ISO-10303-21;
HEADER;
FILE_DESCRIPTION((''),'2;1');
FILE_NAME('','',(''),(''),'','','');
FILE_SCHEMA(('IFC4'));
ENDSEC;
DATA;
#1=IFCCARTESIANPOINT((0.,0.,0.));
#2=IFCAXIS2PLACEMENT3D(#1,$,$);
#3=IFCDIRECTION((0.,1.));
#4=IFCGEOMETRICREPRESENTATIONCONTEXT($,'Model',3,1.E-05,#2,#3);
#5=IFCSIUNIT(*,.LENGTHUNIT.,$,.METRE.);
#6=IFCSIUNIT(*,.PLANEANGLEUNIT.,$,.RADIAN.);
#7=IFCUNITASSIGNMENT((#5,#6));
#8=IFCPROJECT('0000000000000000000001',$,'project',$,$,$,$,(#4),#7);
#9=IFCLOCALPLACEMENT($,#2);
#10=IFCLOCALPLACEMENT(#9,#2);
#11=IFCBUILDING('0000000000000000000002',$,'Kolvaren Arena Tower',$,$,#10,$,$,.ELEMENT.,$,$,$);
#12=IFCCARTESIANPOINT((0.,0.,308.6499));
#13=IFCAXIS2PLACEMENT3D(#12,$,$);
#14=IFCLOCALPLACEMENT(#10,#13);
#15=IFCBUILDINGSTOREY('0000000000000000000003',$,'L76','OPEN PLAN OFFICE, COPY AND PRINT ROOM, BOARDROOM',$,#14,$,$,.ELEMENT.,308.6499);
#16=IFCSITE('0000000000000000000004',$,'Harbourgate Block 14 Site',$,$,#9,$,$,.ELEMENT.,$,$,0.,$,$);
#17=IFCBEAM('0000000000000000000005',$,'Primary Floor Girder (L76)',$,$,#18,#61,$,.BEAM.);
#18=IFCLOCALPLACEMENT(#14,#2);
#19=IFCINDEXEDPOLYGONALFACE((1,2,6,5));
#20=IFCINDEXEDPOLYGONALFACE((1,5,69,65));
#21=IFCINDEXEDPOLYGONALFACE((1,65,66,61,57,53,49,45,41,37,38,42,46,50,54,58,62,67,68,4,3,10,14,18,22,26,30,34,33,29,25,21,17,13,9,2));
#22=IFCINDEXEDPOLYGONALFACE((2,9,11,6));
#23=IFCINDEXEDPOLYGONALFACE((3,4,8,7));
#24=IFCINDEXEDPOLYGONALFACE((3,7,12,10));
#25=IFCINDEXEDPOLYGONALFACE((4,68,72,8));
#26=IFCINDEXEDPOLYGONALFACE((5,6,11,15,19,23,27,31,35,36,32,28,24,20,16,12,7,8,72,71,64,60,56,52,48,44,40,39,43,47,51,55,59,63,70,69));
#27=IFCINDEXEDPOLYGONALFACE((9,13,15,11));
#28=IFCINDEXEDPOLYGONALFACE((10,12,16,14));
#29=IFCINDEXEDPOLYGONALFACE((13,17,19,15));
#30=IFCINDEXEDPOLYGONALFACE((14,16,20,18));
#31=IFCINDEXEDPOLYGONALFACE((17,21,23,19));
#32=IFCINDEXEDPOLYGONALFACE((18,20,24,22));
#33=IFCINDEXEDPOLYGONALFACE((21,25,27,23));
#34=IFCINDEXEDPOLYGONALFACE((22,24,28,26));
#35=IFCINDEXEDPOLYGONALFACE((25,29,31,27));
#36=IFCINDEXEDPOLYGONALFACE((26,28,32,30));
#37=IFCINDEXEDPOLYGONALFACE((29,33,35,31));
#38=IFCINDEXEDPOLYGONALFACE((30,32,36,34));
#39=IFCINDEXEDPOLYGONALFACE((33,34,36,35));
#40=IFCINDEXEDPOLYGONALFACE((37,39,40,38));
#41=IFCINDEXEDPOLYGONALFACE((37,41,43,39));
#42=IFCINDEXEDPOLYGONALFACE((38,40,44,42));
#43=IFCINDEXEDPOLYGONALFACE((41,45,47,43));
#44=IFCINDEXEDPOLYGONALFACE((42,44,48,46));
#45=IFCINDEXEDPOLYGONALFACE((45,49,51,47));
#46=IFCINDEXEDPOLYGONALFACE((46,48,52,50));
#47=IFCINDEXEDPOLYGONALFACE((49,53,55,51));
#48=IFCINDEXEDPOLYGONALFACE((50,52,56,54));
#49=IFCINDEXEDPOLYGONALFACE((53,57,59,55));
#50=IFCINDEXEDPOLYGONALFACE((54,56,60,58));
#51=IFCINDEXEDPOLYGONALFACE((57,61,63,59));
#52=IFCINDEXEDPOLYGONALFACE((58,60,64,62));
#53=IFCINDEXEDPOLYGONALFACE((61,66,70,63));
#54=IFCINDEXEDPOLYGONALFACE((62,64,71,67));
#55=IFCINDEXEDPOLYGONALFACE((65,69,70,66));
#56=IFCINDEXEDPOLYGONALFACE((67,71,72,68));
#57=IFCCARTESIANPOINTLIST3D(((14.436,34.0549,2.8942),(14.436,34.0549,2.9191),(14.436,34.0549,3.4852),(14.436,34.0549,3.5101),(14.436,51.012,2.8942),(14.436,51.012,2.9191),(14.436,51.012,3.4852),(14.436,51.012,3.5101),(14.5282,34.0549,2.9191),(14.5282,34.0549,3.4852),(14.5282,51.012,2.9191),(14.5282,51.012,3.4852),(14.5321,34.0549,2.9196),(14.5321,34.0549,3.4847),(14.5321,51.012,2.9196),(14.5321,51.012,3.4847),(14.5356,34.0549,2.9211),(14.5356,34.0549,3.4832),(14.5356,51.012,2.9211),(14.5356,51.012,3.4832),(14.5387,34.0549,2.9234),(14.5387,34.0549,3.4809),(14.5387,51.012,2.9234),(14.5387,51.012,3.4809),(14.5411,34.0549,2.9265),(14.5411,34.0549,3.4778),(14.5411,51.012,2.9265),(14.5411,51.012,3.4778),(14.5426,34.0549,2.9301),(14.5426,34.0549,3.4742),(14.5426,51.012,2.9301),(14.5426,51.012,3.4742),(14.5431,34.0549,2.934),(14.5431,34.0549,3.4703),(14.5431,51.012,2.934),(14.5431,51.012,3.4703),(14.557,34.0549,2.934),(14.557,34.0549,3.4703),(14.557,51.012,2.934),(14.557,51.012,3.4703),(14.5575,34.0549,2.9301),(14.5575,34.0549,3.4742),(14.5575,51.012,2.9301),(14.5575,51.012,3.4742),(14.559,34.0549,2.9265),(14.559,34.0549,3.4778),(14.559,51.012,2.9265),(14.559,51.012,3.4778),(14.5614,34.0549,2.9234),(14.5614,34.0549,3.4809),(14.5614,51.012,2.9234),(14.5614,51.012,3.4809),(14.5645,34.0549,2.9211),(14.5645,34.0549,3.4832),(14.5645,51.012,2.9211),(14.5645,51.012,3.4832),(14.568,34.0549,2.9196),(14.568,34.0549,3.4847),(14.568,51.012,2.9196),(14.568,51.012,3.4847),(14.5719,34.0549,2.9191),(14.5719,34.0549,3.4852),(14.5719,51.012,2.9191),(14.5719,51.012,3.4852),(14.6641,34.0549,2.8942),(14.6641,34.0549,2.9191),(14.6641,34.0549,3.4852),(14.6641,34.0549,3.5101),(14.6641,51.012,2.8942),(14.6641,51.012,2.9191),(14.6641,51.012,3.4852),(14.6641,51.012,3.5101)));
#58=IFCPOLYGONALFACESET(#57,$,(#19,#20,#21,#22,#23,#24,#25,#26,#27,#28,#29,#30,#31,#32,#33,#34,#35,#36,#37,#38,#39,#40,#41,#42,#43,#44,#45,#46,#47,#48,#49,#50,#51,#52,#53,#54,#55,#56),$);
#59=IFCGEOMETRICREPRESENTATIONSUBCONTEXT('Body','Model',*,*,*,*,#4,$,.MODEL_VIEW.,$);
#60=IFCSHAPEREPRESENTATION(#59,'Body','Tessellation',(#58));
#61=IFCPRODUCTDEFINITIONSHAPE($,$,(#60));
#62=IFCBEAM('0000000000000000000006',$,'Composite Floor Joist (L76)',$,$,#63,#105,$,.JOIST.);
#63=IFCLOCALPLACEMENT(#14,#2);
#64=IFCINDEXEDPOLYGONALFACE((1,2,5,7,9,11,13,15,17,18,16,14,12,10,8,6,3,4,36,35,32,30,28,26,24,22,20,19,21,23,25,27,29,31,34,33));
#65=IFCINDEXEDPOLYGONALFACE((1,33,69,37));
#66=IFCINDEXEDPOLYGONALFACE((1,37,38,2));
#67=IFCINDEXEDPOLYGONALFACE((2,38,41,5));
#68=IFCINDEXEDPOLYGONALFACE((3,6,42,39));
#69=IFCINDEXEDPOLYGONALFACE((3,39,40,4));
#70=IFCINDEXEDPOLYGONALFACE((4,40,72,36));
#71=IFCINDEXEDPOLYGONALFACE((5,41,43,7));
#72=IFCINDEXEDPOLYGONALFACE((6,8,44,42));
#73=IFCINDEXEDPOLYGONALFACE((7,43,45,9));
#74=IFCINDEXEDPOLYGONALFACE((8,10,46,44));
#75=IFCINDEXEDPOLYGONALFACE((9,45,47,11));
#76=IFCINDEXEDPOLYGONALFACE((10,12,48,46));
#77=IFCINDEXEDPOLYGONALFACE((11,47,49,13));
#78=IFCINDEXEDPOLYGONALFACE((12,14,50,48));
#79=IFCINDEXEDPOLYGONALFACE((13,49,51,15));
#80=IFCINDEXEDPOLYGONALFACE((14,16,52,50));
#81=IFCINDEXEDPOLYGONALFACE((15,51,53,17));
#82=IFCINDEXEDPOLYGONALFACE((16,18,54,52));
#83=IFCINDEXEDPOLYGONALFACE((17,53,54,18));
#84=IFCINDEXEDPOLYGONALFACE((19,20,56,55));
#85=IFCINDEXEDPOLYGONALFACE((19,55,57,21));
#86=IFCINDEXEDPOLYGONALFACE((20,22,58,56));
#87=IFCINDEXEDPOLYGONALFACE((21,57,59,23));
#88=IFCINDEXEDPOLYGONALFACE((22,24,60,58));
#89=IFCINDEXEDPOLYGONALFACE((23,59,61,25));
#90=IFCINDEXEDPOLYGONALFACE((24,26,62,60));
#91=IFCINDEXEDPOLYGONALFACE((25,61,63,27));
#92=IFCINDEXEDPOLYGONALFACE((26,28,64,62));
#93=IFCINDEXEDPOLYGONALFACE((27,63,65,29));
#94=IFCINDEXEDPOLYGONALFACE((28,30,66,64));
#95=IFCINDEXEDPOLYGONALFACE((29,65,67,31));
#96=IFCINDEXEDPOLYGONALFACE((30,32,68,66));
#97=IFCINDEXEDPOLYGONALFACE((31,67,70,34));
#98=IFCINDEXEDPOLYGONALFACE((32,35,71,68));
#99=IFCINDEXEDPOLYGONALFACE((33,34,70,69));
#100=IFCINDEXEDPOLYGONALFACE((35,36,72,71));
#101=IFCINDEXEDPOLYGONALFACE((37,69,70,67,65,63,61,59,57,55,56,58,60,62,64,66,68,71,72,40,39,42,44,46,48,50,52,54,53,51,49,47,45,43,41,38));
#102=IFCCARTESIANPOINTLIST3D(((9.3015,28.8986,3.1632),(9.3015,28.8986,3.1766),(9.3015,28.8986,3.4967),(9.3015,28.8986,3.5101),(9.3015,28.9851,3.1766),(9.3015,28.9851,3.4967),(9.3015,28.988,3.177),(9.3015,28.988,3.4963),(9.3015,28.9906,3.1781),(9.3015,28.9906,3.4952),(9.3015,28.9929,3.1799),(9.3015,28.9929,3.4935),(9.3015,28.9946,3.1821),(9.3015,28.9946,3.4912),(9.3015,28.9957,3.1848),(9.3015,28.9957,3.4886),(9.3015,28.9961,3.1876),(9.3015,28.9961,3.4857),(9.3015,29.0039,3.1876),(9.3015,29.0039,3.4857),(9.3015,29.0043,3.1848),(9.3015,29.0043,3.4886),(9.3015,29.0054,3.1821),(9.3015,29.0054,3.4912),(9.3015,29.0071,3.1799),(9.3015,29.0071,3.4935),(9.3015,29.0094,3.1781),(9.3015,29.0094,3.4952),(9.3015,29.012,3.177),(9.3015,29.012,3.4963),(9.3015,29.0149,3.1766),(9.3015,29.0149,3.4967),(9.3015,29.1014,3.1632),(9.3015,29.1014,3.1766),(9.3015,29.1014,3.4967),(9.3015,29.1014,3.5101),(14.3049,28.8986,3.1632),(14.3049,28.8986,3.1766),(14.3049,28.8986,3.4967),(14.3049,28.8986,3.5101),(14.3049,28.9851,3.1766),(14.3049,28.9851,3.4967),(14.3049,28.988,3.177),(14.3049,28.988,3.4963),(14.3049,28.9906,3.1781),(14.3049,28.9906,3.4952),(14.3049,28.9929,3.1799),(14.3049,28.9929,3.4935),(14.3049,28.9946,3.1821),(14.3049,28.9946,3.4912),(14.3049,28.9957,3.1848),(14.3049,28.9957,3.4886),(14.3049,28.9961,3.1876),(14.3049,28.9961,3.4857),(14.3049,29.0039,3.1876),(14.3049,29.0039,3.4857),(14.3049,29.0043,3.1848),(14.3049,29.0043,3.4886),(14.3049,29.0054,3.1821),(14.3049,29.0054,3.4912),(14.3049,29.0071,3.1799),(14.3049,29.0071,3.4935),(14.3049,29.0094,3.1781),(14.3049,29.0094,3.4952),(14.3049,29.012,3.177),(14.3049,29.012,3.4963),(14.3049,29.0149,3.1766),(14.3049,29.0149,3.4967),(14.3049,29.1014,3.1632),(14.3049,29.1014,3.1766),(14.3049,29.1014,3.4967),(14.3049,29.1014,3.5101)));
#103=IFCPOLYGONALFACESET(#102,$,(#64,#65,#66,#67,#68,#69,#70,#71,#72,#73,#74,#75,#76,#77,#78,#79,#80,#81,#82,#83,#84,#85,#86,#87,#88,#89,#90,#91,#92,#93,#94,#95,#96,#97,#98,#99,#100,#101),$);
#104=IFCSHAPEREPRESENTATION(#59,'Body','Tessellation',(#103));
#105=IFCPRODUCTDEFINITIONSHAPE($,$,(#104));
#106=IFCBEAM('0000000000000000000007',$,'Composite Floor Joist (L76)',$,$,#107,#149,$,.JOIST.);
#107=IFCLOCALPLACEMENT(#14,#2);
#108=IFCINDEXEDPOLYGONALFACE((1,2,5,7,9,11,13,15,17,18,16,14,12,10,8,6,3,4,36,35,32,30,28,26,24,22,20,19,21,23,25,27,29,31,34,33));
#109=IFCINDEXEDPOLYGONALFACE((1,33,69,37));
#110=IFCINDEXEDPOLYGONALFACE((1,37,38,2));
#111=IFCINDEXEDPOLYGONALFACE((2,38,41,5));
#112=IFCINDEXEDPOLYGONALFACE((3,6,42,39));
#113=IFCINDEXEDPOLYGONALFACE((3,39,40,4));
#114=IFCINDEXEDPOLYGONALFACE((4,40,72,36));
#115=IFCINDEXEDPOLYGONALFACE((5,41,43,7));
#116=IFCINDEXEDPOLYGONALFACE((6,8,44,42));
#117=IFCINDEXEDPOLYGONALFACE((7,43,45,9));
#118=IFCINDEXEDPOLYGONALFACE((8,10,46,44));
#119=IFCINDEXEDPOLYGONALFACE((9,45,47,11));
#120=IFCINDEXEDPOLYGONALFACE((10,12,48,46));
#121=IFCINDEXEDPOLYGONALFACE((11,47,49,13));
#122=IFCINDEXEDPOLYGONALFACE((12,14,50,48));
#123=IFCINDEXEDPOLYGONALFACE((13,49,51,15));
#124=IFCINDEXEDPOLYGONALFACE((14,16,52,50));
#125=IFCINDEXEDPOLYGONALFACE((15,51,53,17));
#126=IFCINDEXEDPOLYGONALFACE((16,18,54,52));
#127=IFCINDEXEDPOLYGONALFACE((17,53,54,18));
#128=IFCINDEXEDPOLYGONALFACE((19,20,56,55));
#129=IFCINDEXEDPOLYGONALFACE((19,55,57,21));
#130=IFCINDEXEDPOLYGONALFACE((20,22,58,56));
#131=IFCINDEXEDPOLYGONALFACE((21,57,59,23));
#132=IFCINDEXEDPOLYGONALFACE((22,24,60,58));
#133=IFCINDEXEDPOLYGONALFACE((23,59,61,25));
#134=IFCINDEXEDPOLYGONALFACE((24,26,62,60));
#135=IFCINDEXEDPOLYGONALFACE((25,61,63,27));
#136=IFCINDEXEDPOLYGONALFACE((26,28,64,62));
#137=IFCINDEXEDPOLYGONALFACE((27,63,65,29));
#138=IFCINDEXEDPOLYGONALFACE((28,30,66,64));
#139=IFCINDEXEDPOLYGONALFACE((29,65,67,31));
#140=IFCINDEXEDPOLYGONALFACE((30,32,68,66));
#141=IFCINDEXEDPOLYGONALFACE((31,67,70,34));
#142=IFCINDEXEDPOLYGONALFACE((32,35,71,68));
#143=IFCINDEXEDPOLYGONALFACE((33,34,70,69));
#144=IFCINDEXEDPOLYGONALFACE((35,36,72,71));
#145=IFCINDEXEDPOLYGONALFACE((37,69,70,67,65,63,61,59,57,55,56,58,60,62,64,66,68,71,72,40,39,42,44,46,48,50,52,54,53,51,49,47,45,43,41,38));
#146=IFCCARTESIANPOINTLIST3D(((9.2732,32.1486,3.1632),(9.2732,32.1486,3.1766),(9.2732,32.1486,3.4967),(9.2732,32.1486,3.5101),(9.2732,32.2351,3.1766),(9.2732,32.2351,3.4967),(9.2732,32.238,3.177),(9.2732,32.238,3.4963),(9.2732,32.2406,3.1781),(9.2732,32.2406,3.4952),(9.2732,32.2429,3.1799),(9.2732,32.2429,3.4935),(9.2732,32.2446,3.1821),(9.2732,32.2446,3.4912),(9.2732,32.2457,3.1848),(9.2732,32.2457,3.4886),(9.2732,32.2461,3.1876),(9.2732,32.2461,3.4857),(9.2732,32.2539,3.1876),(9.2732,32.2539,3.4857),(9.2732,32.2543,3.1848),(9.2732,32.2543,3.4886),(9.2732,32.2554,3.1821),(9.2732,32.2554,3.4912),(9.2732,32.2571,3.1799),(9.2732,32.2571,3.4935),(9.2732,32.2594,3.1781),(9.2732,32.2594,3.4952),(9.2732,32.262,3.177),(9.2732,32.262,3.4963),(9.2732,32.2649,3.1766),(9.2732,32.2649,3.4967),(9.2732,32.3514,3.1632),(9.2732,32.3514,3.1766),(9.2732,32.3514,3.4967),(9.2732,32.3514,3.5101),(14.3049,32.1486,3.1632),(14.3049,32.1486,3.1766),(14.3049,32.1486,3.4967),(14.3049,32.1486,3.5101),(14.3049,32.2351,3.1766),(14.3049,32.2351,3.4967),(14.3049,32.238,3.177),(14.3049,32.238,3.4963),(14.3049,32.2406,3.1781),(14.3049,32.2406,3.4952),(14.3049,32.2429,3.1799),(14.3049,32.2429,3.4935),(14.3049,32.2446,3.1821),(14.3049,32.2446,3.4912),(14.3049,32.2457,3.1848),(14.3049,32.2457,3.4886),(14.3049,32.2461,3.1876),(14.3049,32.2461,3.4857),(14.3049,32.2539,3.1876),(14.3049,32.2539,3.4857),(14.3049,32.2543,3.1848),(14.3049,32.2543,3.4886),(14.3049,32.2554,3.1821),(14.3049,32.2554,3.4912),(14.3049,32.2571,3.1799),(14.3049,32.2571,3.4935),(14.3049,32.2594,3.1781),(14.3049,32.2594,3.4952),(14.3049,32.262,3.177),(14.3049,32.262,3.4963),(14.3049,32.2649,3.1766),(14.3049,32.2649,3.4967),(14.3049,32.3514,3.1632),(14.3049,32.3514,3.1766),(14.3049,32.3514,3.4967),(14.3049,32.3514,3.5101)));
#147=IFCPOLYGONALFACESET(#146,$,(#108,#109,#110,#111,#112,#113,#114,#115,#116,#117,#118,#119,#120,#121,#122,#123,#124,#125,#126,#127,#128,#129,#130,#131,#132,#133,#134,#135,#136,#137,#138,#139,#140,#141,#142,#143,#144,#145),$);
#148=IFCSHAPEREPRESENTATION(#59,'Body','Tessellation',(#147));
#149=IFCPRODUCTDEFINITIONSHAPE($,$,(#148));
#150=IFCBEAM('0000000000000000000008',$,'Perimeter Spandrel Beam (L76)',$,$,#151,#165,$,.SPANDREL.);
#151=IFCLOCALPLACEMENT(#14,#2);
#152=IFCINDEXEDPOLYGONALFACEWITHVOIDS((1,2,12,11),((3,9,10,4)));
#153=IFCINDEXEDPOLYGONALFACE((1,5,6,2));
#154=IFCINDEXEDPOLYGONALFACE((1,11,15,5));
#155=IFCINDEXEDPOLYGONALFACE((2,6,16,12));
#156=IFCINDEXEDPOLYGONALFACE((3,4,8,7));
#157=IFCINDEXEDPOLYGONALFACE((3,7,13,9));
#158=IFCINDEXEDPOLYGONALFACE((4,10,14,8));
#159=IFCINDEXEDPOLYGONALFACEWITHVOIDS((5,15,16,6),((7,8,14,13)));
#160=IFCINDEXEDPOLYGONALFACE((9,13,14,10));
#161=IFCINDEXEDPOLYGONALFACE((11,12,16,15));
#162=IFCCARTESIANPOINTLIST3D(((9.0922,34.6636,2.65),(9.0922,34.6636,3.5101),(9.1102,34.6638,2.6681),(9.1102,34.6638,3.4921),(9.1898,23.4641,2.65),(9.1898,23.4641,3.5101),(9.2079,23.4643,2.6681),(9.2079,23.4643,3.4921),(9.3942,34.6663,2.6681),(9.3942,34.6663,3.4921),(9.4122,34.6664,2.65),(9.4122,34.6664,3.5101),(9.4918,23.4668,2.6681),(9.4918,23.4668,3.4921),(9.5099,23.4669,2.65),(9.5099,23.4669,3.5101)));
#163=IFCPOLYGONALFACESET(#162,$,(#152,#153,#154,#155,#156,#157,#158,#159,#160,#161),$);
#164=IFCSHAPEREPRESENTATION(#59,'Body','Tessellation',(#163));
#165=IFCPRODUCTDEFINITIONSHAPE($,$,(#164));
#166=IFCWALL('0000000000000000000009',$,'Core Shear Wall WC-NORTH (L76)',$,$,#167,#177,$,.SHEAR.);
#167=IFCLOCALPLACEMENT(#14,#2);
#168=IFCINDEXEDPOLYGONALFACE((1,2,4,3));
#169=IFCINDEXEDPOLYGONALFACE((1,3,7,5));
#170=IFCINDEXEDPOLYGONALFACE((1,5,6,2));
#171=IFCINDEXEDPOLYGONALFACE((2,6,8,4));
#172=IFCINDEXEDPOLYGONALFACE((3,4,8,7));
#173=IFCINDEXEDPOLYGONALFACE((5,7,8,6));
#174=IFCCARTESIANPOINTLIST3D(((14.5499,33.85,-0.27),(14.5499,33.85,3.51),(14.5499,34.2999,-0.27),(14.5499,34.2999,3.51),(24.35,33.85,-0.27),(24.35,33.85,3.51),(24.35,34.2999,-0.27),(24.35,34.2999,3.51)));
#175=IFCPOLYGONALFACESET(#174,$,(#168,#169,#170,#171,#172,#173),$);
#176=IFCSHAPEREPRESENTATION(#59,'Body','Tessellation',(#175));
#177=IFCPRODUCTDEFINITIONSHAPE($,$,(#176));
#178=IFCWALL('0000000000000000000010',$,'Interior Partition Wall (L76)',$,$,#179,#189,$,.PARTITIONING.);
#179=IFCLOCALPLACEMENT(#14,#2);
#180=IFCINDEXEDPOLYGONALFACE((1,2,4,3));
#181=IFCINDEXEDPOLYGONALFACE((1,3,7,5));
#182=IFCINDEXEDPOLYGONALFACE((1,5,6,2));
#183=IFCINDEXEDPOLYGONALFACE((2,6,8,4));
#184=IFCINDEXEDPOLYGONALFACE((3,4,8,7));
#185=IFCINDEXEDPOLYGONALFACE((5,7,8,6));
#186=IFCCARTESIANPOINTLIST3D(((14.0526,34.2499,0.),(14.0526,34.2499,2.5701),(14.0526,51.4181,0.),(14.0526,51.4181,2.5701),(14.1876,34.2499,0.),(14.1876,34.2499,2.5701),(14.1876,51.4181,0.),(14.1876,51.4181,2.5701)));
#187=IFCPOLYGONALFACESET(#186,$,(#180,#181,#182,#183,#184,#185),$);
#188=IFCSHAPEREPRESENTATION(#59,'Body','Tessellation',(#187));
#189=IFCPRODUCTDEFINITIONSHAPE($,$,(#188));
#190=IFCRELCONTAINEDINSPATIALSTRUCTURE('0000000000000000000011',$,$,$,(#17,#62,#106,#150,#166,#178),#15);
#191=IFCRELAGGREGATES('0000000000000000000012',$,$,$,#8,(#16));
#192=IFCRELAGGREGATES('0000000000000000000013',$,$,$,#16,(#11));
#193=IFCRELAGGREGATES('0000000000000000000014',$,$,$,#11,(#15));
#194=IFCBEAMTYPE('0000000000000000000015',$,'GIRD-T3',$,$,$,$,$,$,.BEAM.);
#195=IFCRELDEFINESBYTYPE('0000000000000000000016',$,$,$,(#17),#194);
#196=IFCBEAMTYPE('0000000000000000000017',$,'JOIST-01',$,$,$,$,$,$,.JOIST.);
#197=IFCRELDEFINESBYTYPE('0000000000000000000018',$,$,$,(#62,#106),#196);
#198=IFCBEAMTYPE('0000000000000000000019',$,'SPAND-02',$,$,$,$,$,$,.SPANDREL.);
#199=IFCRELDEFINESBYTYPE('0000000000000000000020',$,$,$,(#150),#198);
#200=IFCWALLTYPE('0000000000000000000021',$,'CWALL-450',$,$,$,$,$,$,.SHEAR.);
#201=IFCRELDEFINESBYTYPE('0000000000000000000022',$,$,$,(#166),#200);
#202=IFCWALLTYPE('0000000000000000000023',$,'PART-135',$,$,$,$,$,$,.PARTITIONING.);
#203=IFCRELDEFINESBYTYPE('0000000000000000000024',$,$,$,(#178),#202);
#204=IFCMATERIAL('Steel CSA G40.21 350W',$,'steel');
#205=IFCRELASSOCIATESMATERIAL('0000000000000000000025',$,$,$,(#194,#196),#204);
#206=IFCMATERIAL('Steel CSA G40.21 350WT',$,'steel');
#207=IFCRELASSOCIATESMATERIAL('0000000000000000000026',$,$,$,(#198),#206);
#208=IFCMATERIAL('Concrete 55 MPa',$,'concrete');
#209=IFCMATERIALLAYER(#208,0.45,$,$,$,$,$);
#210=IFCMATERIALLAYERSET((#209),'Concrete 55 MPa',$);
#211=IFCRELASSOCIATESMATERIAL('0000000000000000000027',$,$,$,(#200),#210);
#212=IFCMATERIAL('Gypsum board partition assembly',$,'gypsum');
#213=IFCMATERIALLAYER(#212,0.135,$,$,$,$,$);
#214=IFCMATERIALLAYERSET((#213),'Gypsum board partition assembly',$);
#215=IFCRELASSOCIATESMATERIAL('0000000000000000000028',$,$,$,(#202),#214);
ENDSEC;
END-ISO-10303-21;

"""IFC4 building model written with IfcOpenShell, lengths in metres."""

from ifc_helpers import new_model, si_unit, direction, frame, frame_2d, origin, origin_2d, place, context, subcontext, project, spatial, rectangle, hollow_rectangle, i_section, extrude, material, layer, layer_set, material_profile, profile_set, type_object, element, save


model = new_model("IFC4")

# Units and contexts
model_context = context("Model", 3, precision=1e-05, world=origin(), true_north=direction((0.0, 1.0)))
body_context = subcontext(model_context, "Body", "Model", "MODEL_VIEW")
ifc_project = project(units=[si_unit("LENGTHUNIT", "METRE"), si_unit("PLANEANGLEUNIT", "RADIAN")], contexts=[model_context])

# Site, building, storey
site_placement = place(None, origin())
site = spatial("IfcSite", under=ifc_project, at=site_placement, Name="Harbourgate Block 14 Site", CompositionType="ELEMENT", RefElevation=0.0)
building_placement = place(site_placement, origin())
building = spatial("IfcBuilding", under=site, at=building_placement, Name="Kolvaren Arena Tower", CompositionType="ELEMENT")
storey_placement = place(building_placement, frame((0.0, 0.0, 308.6499)))
storey = spatial("IfcBuildingStorey", under=building, at=storey_placement, Name="L76", Description="OPEN PLAN OFFICE, COPY AND PRINT ROOM, BOARDROOM", CompositionType="ELEMENT", Elevation=308.6499)

# Beams
ifc_material_1 = material(Name="Steel CSA G40.21 350W", Category="steel")
ifc_material_profile_1 = material_profile(ifc_material_1, i_section(OverallWidth=0.228, OverallDepth=0.616, WebThickness=0.0139, FlangeThickness=0.0249, FilletRadius=0.0149, at=origin_2d()), Name="W610x174")
ifc_profile_set_1 = profile_set([ifc_material_profile_1], Name="Steel CSA G40.21 350W")
beam_type_1 = type_object("IfcBeamType", Name="GIRD-T3", PredefinedType="BEAM", material=ifc_profile_set_1)
beam_1_placement = place(storey_placement, frame((14.55, 34.0549, 3.2021), z_axis=(0.0, 1.0, 0.0), x_axis=(-1.0, 0.0, 0.0)))
element("IfcBeam", 1, at=beam_1_placement, inside=storey, type_object=beam_type_1, Name="Primary Floor Girder (L76)", PredefinedType="BEAM", context=body_context, shape_type="SweptSolid", body=[
    extrude(i_section(OverallWidth=0.228, OverallDepth=0.616, WebThickness=0.0139, FlangeThickness=0.0249, FilletRadius=0.0149, at=origin_2d()), origin(), (0.0, 0.0, 1.0), 16.957),
])
ifc_material_profile_2 = material_profile(ifc_material_1, i_section(OverallWidth=0.2029, OverallDepth=0.3469, WebThickness=0.0078, FlangeThickness=0.0134, FilletRadius=0.011, at=origin_2d()), Name="W360x64")
ifc_profile_set_2 = profile_set([ifc_material_profile_2], Name="Steel CSA G40.21 350W")
beam_type_2 = type_object("IfcBeamType", Name="JOIST-01", PredefinedType="JOIST", material=ifc_profile_set_2)
beam_2_placement = place(storey_placement, frame((9.3015, 29.0, 3.3367), z_axis=(1.0, 0.0, 0.0), x_axis=(0.0, 1.0, 0.0)))
element("IfcBeam", 2, at=beam_2_placement, inside=storey, type_object=beam_type_2, Name="Composite Floor Joist (L76)", PredefinedType="JOIST", context=body_context, shape_type="SweptSolid", body=[
    extrude(i_section(OverallWidth=0.2029, OverallDepth=0.3469, WebThickness=0.0078, FlangeThickness=0.0134, FilletRadius=0.011, at=origin_2d()), origin(), (0.0, 0.0, 1.0), 5.0034),
])
beam_3_placement = place(storey_placement, frame((9.2732, 32.25, 3.3367), z_axis=(1.0, 0.0, 0.0), x_axis=(0.0, 1.0, 0.0)))
element("IfcBeam", 3, at=beam_3_placement, inside=storey, type_object=beam_type_2, Name="Composite Floor Joist (L76)", PredefinedType="JOIST", context=body_context, shape_type="SweptSolid", body=[
    extrude(i_section(OverallWidth=0.2029, OverallDepth=0.3469, WebThickness=0.0078, FlangeThickness=0.0134, FilletRadius=0.011, at=origin_2d()), origin(), (0.0, 0.0, 1.0), 5.0317),
])
ifc_material_2 = material(Name="Steel CSA G40.21 350WT", Category="steel")
ifc_material_profile_3 = material_profile(ifc_material_2, hollow_rectangle(XDim=0.3201, YDim=0.8601, WallThickness=0.0181, at=origin_2d()), Name="HSS 860x320x18")
ifc_profile_set_3 = profile_set([ifc_material_profile_3], Name="Steel CSA G40.21 350WT")
beam_type_3 = type_object("IfcBeamType", Name="SPAND-02", PredefinedType="SPANDREL", material=ifc_profile_set_3)
beam_4_placement = place(storey_placement, frame((9.2522, 34.665, 3.0801), z_axis=(0.008719, -0.999962, 0.0), x_axis=(0.999962, 0.008719, 0.0)))
element("IfcBeam", 4, at=beam_4_placement, inside=storey, type_object=beam_type_3, Name="Perimeter Spandrel Beam (L76)", PredefinedType="SPANDREL", context=body_context, shape_type="SweptSolid", body=[
    extrude(hollow_rectangle(XDim=0.3201, YDim=0.8601, WallThickness=0.0181, at=origin_2d()), origin(), (0.0, 0.0, 1.0), 11.2),
])

# Walls
ifc_material_3 = material(Name="Concrete 55 MPa", Category="concrete")
ifc_layer_1 = layer(ifc_material_3, 0.45)
ifc_layer_set_1 = layer_set([ifc_layer_1], Name="Concrete 55 MPa")
wall_type_1 = type_object("IfcWallType", Name="CWALL-450", PredefinedType="SHEAR", material=ifc_layer_set_1)
wall_1_placement = place(storey_placement, frame((14.55, 34.075, -0.27), z_axis=(0.0, 0.0, 1.0), x_axis=(1.0, 0.0, 0.0)))
element("IfcWall", 5, at=wall_1_placement, inside=storey, type_object=wall_type_1, Name="Core Shear Wall WC-NORTH (L76)", PredefinedType="SHEAR", context=body_context, shape_type="SweptSolid", body=[
    extrude(rectangle(XDim=9.8, YDim=0.45, at=frame_2d((4.8999, 0.0))), origin(), (0.0, 0.0, 1.0), 3.78),
])
ifc_material_4 = material(Name="Gypsum board partition assembly", Category="gypsum")
ifc_layer_2 = layer(ifc_material_4, 0.135)
ifc_layer_set_2 = layer_set([ifc_layer_2], Name="Gypsum board partition assembly")
wall_type_2 = type_object("IfcWallType", Name="PART-135", PredefinedType="PARTITIONING", material=ifc_layer_set_2)
wall_2_placement = place(storey_placement, frame((14.1201, 34.25, 0.0), z_axis=(0.0, 0.0, 1.0), x_axis=(0.0, 1.0, 0.0)))
element("IfcWall", 6, at=wall_2_placement, inside=storey, type_object=wall_type_2, Name="Interior Partition Wall (L76)", PredefinedType="PARTITIONING", context=body_context, shape_type="SweptSolid", body=[
    extrude(rectangle(XDim=17.1682, YDim=0.135, at=frame_2d((8.584, 0.0))), origin(), (0.0, 0.0, 1.0), 2.5701),
])

save(model, "model.ifc")
